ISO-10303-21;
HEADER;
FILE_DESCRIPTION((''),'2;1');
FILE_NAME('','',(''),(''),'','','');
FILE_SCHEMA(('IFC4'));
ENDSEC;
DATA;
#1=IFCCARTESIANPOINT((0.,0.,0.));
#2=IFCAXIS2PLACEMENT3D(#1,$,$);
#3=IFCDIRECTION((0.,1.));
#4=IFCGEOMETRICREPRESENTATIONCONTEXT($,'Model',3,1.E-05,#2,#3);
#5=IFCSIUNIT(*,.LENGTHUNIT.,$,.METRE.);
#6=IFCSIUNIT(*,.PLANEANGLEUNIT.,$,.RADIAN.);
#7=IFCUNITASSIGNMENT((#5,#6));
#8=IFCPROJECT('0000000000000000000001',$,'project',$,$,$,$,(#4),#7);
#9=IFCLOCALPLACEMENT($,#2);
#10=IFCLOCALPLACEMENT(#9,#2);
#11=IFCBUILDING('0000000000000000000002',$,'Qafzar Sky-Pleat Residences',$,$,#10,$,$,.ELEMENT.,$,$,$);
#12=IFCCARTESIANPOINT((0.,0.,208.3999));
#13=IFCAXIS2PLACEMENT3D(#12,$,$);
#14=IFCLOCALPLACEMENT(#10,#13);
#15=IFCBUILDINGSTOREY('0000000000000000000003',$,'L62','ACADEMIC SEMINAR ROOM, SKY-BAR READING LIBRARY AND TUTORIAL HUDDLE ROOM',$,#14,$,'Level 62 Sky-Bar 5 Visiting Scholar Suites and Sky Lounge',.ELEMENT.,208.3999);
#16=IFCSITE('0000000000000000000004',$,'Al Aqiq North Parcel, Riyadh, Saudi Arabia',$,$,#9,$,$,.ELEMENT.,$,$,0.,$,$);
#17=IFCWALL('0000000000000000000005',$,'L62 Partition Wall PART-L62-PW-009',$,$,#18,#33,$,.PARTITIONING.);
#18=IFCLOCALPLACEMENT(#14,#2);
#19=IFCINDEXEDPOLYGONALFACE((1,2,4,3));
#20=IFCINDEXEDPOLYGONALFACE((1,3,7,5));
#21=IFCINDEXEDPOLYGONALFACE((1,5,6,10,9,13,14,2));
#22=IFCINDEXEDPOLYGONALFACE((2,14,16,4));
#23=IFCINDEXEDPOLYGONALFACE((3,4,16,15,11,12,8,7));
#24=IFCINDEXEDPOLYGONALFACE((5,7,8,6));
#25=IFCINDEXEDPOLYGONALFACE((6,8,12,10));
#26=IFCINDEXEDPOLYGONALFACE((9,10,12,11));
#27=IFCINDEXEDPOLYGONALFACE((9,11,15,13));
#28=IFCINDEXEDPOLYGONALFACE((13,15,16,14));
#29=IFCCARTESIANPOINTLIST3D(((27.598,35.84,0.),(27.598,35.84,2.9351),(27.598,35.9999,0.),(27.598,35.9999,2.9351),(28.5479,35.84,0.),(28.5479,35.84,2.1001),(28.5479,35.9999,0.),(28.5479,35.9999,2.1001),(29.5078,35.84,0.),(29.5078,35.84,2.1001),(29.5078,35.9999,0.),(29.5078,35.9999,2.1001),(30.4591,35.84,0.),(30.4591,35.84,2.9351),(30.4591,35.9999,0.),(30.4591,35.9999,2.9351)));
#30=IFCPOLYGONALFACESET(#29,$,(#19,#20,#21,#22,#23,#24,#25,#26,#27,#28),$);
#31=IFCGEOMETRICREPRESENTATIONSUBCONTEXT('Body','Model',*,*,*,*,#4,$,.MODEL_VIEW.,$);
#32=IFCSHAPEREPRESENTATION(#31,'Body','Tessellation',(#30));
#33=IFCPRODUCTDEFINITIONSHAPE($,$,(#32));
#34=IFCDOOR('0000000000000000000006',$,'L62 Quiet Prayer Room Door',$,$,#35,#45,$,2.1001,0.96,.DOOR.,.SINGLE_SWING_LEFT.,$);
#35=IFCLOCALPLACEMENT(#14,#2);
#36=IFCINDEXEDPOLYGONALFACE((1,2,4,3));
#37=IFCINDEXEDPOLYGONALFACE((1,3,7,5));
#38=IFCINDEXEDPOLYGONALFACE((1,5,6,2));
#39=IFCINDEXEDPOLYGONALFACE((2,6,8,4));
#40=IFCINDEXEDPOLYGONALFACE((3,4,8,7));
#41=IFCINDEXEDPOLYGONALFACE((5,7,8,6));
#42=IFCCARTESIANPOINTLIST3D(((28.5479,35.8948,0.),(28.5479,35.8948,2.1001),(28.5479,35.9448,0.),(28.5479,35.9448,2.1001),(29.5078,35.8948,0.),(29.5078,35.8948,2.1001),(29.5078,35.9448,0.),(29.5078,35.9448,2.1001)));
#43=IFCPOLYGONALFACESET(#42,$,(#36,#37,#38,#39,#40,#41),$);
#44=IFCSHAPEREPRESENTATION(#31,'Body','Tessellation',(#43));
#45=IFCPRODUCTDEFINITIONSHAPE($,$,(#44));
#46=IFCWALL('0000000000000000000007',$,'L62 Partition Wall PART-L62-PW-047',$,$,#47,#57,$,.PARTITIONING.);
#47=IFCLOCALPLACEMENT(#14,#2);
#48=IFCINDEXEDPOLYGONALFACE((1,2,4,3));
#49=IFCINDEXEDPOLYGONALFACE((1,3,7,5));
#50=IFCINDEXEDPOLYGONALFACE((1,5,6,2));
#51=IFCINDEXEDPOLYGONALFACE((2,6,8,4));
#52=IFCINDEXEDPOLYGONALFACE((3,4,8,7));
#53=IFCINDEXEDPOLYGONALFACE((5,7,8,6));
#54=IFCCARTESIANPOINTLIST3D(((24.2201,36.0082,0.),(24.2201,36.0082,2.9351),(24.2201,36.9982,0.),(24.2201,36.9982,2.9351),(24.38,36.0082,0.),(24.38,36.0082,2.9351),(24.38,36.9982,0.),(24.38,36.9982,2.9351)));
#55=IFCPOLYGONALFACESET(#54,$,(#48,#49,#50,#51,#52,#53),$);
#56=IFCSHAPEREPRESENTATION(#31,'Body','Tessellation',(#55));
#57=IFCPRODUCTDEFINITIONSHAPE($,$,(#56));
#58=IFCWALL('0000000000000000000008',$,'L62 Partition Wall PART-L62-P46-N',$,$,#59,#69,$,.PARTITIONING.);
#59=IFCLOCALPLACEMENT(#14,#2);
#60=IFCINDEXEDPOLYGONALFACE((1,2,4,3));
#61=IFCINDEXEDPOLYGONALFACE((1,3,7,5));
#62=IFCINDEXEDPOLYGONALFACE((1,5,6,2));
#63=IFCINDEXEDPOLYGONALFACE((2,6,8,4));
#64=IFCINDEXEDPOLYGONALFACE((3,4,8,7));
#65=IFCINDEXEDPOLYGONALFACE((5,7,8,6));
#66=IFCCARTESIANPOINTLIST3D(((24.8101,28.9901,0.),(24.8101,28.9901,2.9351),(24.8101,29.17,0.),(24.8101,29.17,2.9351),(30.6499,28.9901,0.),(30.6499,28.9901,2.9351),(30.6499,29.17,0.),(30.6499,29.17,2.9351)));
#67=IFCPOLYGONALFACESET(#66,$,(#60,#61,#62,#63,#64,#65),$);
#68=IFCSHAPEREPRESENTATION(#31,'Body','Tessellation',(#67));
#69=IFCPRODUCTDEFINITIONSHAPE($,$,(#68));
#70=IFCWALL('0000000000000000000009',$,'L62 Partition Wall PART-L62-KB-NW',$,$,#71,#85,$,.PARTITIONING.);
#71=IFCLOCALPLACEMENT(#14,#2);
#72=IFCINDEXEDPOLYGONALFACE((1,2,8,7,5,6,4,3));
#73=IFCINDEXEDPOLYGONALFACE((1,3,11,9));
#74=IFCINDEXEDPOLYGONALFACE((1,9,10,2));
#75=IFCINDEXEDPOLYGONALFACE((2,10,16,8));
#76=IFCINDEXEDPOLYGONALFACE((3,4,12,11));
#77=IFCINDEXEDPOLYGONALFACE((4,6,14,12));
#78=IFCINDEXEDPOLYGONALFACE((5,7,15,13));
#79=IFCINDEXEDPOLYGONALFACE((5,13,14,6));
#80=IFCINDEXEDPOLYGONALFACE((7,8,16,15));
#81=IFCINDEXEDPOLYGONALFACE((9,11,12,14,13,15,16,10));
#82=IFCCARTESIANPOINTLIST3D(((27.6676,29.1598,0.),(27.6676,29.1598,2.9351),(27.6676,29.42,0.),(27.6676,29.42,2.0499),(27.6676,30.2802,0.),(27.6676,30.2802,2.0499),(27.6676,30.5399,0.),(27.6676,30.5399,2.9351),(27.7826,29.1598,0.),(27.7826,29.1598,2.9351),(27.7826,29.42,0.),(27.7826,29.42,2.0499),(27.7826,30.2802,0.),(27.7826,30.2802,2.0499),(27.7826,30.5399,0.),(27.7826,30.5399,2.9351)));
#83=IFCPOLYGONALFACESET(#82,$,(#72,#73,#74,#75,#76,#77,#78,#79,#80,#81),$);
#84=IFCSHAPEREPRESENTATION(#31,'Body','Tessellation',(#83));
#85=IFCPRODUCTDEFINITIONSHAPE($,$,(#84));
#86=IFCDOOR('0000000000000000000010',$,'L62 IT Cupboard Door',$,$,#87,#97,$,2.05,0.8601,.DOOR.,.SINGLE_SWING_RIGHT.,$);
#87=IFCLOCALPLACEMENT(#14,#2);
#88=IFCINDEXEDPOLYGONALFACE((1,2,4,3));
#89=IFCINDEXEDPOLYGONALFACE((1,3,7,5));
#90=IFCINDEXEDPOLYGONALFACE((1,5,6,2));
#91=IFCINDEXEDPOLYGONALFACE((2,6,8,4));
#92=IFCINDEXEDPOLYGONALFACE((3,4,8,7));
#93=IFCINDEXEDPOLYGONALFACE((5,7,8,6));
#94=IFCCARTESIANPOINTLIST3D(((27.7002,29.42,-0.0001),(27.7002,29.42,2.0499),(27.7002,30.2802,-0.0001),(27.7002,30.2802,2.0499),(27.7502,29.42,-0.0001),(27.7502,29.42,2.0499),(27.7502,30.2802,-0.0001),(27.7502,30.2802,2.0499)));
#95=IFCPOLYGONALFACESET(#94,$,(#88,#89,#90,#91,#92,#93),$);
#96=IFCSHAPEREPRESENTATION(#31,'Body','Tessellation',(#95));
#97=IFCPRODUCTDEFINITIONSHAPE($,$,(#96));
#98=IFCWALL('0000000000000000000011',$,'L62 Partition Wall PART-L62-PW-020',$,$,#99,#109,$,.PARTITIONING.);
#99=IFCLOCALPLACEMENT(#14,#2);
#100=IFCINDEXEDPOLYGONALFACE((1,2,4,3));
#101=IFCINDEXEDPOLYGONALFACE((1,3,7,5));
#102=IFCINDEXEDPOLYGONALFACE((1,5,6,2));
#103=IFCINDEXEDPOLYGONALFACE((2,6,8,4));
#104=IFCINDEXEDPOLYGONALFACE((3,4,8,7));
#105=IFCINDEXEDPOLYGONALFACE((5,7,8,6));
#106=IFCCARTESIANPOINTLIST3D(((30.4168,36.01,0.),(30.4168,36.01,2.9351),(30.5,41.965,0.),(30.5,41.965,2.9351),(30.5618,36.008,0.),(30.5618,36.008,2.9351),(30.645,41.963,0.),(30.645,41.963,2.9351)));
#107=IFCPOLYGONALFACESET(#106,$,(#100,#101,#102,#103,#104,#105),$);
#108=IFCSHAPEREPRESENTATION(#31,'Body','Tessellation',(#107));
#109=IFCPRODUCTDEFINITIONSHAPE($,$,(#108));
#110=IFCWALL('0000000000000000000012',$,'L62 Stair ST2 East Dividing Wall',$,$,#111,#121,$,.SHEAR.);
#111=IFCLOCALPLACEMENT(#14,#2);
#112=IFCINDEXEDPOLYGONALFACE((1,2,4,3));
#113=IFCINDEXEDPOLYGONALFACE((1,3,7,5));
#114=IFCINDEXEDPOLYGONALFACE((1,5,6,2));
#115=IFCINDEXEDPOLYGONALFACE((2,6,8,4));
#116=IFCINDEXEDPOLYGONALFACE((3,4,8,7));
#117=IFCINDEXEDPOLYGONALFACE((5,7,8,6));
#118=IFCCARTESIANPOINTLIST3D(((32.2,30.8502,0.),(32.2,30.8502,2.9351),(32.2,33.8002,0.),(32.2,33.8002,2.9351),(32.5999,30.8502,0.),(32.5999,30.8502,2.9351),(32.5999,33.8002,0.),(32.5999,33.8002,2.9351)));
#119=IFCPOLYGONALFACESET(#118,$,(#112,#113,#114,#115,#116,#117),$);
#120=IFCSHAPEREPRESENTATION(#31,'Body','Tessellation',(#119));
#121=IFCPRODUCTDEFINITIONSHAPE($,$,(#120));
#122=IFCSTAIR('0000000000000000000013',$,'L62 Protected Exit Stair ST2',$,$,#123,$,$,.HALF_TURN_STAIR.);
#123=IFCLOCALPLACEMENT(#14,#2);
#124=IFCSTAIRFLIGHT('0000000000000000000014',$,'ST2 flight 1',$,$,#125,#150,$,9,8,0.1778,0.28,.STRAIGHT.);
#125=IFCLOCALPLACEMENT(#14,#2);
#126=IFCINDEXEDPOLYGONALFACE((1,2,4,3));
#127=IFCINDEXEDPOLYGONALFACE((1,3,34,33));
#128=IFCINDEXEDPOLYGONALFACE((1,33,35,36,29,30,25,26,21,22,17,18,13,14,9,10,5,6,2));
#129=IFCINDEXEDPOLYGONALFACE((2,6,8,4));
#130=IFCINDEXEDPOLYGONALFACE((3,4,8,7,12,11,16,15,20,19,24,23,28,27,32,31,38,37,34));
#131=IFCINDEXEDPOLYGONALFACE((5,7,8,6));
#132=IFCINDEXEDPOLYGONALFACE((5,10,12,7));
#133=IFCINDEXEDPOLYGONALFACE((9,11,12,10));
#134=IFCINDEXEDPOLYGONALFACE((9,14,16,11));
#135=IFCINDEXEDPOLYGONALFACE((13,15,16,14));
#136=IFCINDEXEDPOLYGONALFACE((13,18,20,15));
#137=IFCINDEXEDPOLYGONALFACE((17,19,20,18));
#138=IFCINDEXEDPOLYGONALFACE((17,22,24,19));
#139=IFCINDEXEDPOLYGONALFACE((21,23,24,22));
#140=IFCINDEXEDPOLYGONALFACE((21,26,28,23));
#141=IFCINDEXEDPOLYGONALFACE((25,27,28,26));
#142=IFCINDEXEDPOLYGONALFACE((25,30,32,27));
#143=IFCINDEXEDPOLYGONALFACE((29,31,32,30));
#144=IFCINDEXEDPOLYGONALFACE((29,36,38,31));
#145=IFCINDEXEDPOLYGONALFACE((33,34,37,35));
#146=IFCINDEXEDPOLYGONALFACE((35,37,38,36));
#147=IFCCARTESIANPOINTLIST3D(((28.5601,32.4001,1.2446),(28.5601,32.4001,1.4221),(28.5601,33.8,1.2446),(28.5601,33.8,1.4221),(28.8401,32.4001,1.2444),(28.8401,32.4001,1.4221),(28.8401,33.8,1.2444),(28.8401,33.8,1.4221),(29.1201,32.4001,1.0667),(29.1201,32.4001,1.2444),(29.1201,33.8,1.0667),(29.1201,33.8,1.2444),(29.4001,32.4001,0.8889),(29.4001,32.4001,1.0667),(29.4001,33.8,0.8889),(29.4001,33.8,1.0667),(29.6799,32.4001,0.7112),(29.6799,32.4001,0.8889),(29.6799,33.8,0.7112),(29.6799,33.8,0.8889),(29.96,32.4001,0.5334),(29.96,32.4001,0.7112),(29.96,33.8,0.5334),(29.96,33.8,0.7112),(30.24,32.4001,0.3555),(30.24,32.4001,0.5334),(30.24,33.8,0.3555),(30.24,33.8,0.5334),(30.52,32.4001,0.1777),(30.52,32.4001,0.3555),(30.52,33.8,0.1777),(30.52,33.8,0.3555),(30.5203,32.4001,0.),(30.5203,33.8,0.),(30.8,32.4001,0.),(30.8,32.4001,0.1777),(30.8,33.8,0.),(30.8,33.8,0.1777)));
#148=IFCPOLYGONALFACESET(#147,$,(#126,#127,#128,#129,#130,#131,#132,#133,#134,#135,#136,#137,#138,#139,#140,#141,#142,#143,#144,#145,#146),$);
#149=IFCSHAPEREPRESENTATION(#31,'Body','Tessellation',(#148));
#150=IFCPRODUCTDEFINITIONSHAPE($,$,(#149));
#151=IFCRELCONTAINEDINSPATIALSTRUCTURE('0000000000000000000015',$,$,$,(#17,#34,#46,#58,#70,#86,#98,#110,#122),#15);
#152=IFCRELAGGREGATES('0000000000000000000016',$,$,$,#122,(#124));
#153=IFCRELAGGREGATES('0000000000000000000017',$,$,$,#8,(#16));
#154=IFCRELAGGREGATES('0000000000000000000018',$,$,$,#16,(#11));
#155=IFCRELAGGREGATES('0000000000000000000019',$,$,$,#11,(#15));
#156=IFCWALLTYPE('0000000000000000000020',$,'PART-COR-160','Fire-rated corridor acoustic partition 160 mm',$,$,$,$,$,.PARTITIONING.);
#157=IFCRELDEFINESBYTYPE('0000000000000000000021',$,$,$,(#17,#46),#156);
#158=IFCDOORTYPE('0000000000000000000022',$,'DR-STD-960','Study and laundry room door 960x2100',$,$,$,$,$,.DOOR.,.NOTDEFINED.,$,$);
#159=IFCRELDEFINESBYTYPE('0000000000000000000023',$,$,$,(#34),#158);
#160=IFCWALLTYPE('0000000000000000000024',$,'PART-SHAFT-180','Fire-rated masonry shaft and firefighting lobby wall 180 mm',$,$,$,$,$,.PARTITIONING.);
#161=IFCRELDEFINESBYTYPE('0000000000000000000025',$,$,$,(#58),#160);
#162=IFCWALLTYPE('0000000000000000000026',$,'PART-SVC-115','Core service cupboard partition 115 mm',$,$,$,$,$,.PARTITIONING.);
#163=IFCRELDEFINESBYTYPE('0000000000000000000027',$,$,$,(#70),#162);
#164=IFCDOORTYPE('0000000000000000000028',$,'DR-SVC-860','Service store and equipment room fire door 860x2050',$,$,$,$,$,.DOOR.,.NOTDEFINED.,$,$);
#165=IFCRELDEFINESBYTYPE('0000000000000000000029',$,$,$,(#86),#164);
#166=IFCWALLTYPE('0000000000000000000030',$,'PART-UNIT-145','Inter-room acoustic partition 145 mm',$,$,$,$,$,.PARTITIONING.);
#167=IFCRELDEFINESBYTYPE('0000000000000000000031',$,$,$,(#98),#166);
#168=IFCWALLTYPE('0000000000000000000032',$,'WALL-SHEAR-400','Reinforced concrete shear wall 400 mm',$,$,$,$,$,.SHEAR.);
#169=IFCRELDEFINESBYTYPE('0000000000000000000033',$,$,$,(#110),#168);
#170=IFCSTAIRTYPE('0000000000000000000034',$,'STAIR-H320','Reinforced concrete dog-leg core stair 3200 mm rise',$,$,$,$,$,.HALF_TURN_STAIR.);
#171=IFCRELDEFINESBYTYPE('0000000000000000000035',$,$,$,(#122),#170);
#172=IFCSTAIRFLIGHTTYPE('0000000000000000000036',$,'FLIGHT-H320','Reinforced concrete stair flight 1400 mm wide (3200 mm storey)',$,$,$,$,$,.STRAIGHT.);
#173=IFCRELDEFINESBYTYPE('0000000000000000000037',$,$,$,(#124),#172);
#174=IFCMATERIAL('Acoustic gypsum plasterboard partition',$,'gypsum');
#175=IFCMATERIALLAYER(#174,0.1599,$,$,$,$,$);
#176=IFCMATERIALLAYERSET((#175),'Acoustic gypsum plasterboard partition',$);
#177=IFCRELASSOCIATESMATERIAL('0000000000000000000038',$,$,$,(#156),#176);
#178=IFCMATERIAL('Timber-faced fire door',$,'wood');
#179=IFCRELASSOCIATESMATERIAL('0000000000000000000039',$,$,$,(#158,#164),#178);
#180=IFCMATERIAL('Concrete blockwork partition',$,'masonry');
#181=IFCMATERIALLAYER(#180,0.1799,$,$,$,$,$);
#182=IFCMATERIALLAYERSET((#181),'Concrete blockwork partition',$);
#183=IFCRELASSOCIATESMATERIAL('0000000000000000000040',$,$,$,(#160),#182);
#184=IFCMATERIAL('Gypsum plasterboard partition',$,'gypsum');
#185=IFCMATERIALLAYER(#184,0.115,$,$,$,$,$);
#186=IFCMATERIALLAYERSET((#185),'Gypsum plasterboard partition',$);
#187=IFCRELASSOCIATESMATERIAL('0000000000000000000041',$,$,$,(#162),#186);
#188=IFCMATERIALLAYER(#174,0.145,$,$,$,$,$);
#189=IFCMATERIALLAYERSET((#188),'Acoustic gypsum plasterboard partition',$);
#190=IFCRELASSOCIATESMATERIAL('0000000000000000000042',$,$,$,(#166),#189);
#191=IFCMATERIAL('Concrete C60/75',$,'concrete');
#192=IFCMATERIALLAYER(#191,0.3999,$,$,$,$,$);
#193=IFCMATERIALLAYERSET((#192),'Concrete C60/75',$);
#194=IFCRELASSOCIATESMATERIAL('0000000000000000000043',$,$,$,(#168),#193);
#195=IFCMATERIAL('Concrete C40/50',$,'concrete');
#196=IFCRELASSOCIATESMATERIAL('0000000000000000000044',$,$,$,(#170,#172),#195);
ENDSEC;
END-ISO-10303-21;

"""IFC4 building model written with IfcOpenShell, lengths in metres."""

from ifc_helpers import new_model, si_unit, direction, frame, frame_2d, origin, place, context, subcontext, project, spatial, polyline, rectangle, outline, extrude, source, transform, mapped, material, layer, layer_set, type_object, element, fill, aggregate, save


model = new_model("IFC4")

# Units and contexts
model_context = context("Model", 3, precision=1e-05, world=origin(), true_north=direction((0.0, 1.0)))
body_context = subcontext(model_context, "Body", "Model", "MODEL_VIEW")
ifc_project = project(units=[si_unit("LENGTHUNIT", "METRE"), si_unit("PLANEANGLEUNIT", "RADIAN")], contexts=[model_context])

# Site, building, storey
site_placement = place(None, origin())
site = spatial("IfcSite", under=ifc_project, at=site_placement, Name="Al Aqiq North Parcel, Riyadh, Saudi Arabia", CompositionType="ELEMENT", RefElevation=0.0)
building_placement = place(site_placement, origin())
building = spatial("IfcBuilding", under=site, at=building_placement, Name="Qafzar Sky-Pleat Residences", CompositionType="ELEMENT")
storey_placement = place(building_placement, frame((0.0, 0.0, 208.3999)))
storey = spatial("IfcBuildingStorey", under=building, at=storey_placement, Name="L62", Description="ACADEMIC SEMINAR ROOM, SKY-BAR READING LIBRARY AND TUTORIAL HUDDLE ROOM", LongName="Level 62 Sky-Bar 5 Visiting Scholar Suites and Sky Lounge", CompositionType="ELEMENT", Elevation=208.3999)

# Wall, opening, door
ifc_material_1 = material(Name="Acoustic gypsum plasterboard partition", Category="gypsum")
ifc_layer_1 = layer(ifc_material_1, 0.1599)
ifc_layer_set_1 = layer_set([ifc_layer_1], Name="Acoustic gypsum plasterboard partition")
wall_type_1 = type_object("IfcWallType", Name="PART-COR-160", Description="Fire-rated corridor acoustic partition 160 mm", PredefinedType="PARTITIONING", material=ifc_layer_set_1)
ifc_material_2 = material(Name="Timber-faced fire door", Category="wood")
door_type_1 = type_object("IfcDoorType", Name="DR-STD-960", Description="Study and laundry room door 960x2100", OperationType="NOTDEFINED", PredefinedType="DOOR", material=ifc_material_2)
shared_shape_1 = source(origin(), body_context, "Body", "SweptSolid", [
    extrude(rectangle(XDim=0.96, YDim=2.1001, at=frame_2d((0.48, 1.05))), frame((0.0, 0.0249, 0.0), z_axis=(0.0, -1.0, 0.0), x_axis=(1.0, 0.0, 0.0)), (0.0, 0.0, 1.0), 0.05),
])
wall_1_placement = place(storey_placement, frame((27.5979, 35.9199, 0.0), z_axis=(0.0, 0.0, 1.0), x_axis=(1.0, 0.0, 0.0)))
wall_1 = element("IfcWall", 1, at=wall_1_placement, inside=storey, type_object=wall_type_1, Name="L62 Partition Wall PART-L62-PW-009", PredefinedType="PARTITIONING", context=body_context, shape_type="SweptSolid", body=[
    extrude(rectangle(XDim=2.8611, YDim=0.1599, at=frame_2d((1.4307, 0.0))), origin(), (0.0, 0.0, 1.0), 2.9351),
])
opening_1_placement = place(wall_1_placement, frame((0.95, 0.0, 0.0)))
opening_1 = element("IfcOpeningElement", 2, at=opening_1_placement, cuts=wall_1, PredefinedType="OPENING", context=body_context, shape_type="SweptSolid", body=[
    extrude(rectangle(XDim=0.96, YDim=2.1001, at=frame_2d((0.48, 1.05))), frame((0.0, 0.0898, 0.0), z_axis=(0.0, -1.0, 0.0), x_axis=(1.0, 0.0, 0.0)), (0.0, 0.0, 1.0), 0.1799),
])
door_1_placement = place(opening_1_placement, origin())
door_1 = element("IfcDoor", 3, at=door_1_placement, inside=storey, type_object=door_type_1, Name="L62 Quiet Prayer Room Door", OperationType="SINGLE_SWING_LEFT", OverallHeight=2.1001, OverallWidth=0.96, PredefinedType="DOOR", context=body_context, shape_type="MappedRepresentation", body=[
    mapped(shared_shape_1, transform((0.0, 0.0, 0.0), x_axis=(1.0, 0.0, 0.0), y_axis=(0.0, 1.0, 0.0), z_axis=(0.0, 0.0, 1.0), scale=1.0)),
])
fill(opening_1, door_1)

# Walls
wall_2_placement = place(storey_placement, frame((24.3, 36.0081, 0.0), z_axis=(0.0, 0.0, 1.0), x_axis=(0.0, 1.0, 0.0)))
element("IfcWall", 4, at=wall_2_placement, inside=storey, type_object=wall_type_1, Name="L62 Partition Wall PART-L62-PW-047", PredefinedType="PARTITIONING", context=body_context, shape_type="SweptSolid", body=[
    extrude(rectangle(XDim=0.99, YDim=0.1599, at=frame_2d((0.4951, 0.0))), origin(), (0.0, 0.0, 1.0), 2.9351),
])
ifc_material_3 = material(Name="Concrete blockwork partition", Category="masonry")
ifc_layer_2 = layer(ifc_material_3, 0.1799)
ifc_layer_set_2 = layer_set([ifc_layer_2], Name="Concrete blockwork partition")
wall_type_2 = type_object("IfcWallType", Name="PART-SHAFT-180", Description="Fire-rated masonry shaft and firefighting lobby wall 180 mm", PredefinedType="PARTITIONING", material=ifc_layer_set_2)
wall_3_placement = place(storey_placement, frame((24.8101, 29.0801, 0.0), z_axis=(0.0, 0.0, 1.0), x_axis=(1.0, 0.0, 0.0)))
element("IfcWall", 5, at=wall_3_placement, inside=storey, type_object=wall_type_2, Name="L62 Partition Wall PART-L62-P46-N", PredefinedType="PARTITIONING", context=body_context, shape_type="SweptSolid", body=[
    extrude(rectangle(XDim=5.8398, YDim=0.1799, at=frame_2d((2.9199, 0.0))), origin(), (0.0, 0.0, 1.0), 2.9351),
])

# Wall, opening, door
ifc_material_4 = material(Name="Gypsum plasterboard partition", Category="gypsum")
ifc_layer_3 = layer(ifc_material_4, 0.115)
ifc_layer_set_3 = layer_set([ifc_layer_3], Name="Gypsum plasterboard partition")
wall_type_3 = type_object("IfcWallType", Name="PART-SVC-115", Description="Core service cupboard partition 115 mm", PredefinedType="PARTITIONING", material=ifc_layer_set_3)
wall_4_placement = place(storey_placement, frame((27.7251, 29.1599, 0.0), z_axis=(0.0, 0.0, 1.0), x_axis=(0.0, 1.0, 0.0)))
wall_4 = element("IfcWall", 6, at=wall_4_placement, inside=storey, type_object=wall_type_3, Name="L62 Partition Wall PART-L62-KB-NW", PredefinedType="PARTITIONING", context=body_context, shape_type="SweptSolid", body=[
    extrude(rectangle(XDim=1.3801, YDim=0.115, at=frame_2d((0.6899, 0.0))), origin(), (0.0, 0.0, 1.0), 2.9351),
])
opening_2_placement = place(wall_4_placement, frame((0.26, 0.0, 0.0)))
opening_2 = element("IfcOpeningElement", 7, at=opening_2_placement, cuts=wall_4, PredefinedType="OPENING", context=body_context, shape_type="SweptSolid", body=[
    extrude(rectangle(XDim=0.8601, YDim=2.05, at=frame_2d((0.4302, 1.0249))), frame((0.0, 0.0674, 0.0), z_axis=(0.0, -1.0, 0.0), x_axis=(1.0, 0.0, 0.0)), (0.0, 0.0, 1.0), 0.135),
])
door_type_2 = type_object("IfcDoorType", Name="DR-SVC-860", Description="Service store and equipment room fire door 860x2050", OperationType="NOTDEFINED", PredefinedType="DOOR", material=ifc_material_2)
shared_shape_2 = source(origin(), body_context, "Body", "SweptSolid", [
    extrude(rectangle(XDim=0.8601, YDim=2.05, at=frame_2d((0.4302, 1.0249))), frame((0.0, 0.0249, 0.0), z_axis=(0.0, -1.0, 0.0), x_axis=(1.0, 0.0, 0.0)), (0.0, 0.0, 1.0), 0.05),
])
door_2_placement = place(opening_2_placement, origin())
door_2 = element("IfcDoor", 8, at=door_2_placement, inside=storey, type_object=door_type_2, Name="L62 IT Cupboard Door", OperationType="SINGLE_SWING_RIGHT", OverallHeight=2.05, OverallWidth=0.8601, PredefinedType="DOOR", context=body_context, shape_type="MappedRepresentation", body=[
    mapped(shared_shape_2, transform((0.0, 0.0, 0.0), x_axis=(1.0, 0.0, 0.0), y_axis=(0.0, 1.0, 0.0), z_axis=(0.0, 0.0, 1.0), scale=1.0)),
])
fill(opening_2, door_2)

# Wall
ifc_layer_4 = layer(ifc_material_1, 0.145)
ifc_layer_set_4 = layer_set([ifc_layer_4], Name="Acoustic gypsum plasterboard partition")
wall_type_4 = type_object("IfcWallType", Name="PART-UNIT-145", Description="Inter-room acoustic partition 145 mm", PredefinedType="PARTITIONING", material=ifc_layer_set_4)
wall_5_placement = place(storey_placement, frame((30.4893, 36.009, 0.0), z_axis=(0.0, 0.0, 1.0), x_axis=(0.013979, 0.999902, 0.0)))
element("IfcWall", 9, at=wall_5_placement, inside=storey, type_object=wall_type_4, Name="L62 Partition Wall PART-L62-PW-020", PredefinedType="PARTITIONING", context=body_context, shape_type="SweptSolid", body=[
    extrude(rectangle(XDim=5.9556, YDim=0.145, at=frame_2d((2.9778, 0.0))), origin(), (0.0, 0.0, 1.0), 2.9351),
])

# Shared definitions
ifc_material_5 = material(Name="Concrete C60/75", Category="concrete")

# Wall
ifc_layer_5 = layer(ifc_material_5, 0.3999)
ifc_layer_set_5 = layer_set([ifc_layer_5], Name="Concrete C60/75")
wall_type_5 = type_object("IfcWallType", Name="WALL-SHEAR-400", Description="Reinforced concrete shear wall 400 mm", PredefinedType="SHEAR", material=ifc_layer_set_5)
wall_6_placement = place(storey_placement, frame((32.3999, 30.8501, 0.0), z_axis=(0.0, 0.0, 1.0), x_axis=(0.0, 1.0, 0.0)))
element("IfcWall", 10, at=wall_6_placement, inside=storey, type_object=wall_type_5, Name="L62 Stair ST2 East Dividing Wall", PredefinedType="SHEAR", context=body_context, shape_type="SweptSolid", body=[
    extrude(rectangle(XDim=2.95, YDim=0.3999, at=frame_2d((1.4751, 0.0))), origin(), (0.0, 0.0, 1.0), 2.9351),
])

# Stair, stair flight
ifc_material_6 = material(Name="Concrete C40/50", Category="concrete")
stair_type = type_object("IfcStairType", Name="STAIR-H320", Description="Reinforced concrete dog-leg core stair 3200 mm rise", PredefinedType="HALF_TURN_STAIR", material=ifc_material_6)
stair_placement = place(storey_placement, origin())
stair = element("IfcStair", 11, at=stair_placement, inside=storey, type_object=stair_type, Name="L62 Protected Exit Stair ST2", PredefinedType="HALF_TURN_STAIR")
stair_flight_type = type_object("IfcStairFlightType", Name="FLIGHT-H320", Description="Reinforced concrete stair flight 1400 mm wide (3200 mm storey)", PredefinedType="STRAIGHT", material=ifc_material_6)
shared_shape_3 = source(origin(), body_context, "Body", "SweptSolid", [
    extrude(outline(polyline([(0.0, 0.0), (0.0, 0.1777), (0.28, 0.1777), (0.28, 0.3555), (0.5601, 0.3555), (0.5601, 0.5334), (0.8401, 0.5334), (0.8401, 0.7112), (1.1201, 0.7112), (1.1201, 0.8889), (1.3999, 0.8889), (1.3999, 1.0667), (1.6799, 1.0667), (1.6799, 1.2444), (1.96, 1.2444), (1.96, 1.4221), (2.24, 1.4221), (2.24, 1.6001), (2.24, 1.2446), (0.2798, 0.0), (0.0, 0.0)])), frame((0.0, 0.7, 0.0), z_axis=(0.0, -1.0, 0.0), x_axis=(1.0, 0.0, 0.0)), (0.0, 0.0, 1.0), 1.3999),
])
stair_flight_1_placement = place(storey_placement, frame((30.8, 33.1001, 0.0), z_axis=(0.0, 0.0, 1.0), x_axis=(-1.0, 0.0, 0.0)))
stair_flight_1 = element("IfcStairFlight", 12, at=stair_flight_1_placement, type_object=stair_flight_type, Name="ST2 flight 1", NumberOfRisers=9, NumberOfTreads=8, PredefinedType="STRAIGHT", RiserHeight=0.1778, TreadLength=0.28, context=body_context, shape_type="MappedRepresentation", body=[
    mapped(shared_shape_3, transform((0.0, 0.0, 0.0), x_axis=(1.0, 0.0, 0.0), y_axis=(0.0, 1.0, 0.0), z_axis=(0.0, 0.0, 1.0), scale=1.0)),
])
aggregate(stair, [stair_flight_1])

save(model, "model.ifc")
